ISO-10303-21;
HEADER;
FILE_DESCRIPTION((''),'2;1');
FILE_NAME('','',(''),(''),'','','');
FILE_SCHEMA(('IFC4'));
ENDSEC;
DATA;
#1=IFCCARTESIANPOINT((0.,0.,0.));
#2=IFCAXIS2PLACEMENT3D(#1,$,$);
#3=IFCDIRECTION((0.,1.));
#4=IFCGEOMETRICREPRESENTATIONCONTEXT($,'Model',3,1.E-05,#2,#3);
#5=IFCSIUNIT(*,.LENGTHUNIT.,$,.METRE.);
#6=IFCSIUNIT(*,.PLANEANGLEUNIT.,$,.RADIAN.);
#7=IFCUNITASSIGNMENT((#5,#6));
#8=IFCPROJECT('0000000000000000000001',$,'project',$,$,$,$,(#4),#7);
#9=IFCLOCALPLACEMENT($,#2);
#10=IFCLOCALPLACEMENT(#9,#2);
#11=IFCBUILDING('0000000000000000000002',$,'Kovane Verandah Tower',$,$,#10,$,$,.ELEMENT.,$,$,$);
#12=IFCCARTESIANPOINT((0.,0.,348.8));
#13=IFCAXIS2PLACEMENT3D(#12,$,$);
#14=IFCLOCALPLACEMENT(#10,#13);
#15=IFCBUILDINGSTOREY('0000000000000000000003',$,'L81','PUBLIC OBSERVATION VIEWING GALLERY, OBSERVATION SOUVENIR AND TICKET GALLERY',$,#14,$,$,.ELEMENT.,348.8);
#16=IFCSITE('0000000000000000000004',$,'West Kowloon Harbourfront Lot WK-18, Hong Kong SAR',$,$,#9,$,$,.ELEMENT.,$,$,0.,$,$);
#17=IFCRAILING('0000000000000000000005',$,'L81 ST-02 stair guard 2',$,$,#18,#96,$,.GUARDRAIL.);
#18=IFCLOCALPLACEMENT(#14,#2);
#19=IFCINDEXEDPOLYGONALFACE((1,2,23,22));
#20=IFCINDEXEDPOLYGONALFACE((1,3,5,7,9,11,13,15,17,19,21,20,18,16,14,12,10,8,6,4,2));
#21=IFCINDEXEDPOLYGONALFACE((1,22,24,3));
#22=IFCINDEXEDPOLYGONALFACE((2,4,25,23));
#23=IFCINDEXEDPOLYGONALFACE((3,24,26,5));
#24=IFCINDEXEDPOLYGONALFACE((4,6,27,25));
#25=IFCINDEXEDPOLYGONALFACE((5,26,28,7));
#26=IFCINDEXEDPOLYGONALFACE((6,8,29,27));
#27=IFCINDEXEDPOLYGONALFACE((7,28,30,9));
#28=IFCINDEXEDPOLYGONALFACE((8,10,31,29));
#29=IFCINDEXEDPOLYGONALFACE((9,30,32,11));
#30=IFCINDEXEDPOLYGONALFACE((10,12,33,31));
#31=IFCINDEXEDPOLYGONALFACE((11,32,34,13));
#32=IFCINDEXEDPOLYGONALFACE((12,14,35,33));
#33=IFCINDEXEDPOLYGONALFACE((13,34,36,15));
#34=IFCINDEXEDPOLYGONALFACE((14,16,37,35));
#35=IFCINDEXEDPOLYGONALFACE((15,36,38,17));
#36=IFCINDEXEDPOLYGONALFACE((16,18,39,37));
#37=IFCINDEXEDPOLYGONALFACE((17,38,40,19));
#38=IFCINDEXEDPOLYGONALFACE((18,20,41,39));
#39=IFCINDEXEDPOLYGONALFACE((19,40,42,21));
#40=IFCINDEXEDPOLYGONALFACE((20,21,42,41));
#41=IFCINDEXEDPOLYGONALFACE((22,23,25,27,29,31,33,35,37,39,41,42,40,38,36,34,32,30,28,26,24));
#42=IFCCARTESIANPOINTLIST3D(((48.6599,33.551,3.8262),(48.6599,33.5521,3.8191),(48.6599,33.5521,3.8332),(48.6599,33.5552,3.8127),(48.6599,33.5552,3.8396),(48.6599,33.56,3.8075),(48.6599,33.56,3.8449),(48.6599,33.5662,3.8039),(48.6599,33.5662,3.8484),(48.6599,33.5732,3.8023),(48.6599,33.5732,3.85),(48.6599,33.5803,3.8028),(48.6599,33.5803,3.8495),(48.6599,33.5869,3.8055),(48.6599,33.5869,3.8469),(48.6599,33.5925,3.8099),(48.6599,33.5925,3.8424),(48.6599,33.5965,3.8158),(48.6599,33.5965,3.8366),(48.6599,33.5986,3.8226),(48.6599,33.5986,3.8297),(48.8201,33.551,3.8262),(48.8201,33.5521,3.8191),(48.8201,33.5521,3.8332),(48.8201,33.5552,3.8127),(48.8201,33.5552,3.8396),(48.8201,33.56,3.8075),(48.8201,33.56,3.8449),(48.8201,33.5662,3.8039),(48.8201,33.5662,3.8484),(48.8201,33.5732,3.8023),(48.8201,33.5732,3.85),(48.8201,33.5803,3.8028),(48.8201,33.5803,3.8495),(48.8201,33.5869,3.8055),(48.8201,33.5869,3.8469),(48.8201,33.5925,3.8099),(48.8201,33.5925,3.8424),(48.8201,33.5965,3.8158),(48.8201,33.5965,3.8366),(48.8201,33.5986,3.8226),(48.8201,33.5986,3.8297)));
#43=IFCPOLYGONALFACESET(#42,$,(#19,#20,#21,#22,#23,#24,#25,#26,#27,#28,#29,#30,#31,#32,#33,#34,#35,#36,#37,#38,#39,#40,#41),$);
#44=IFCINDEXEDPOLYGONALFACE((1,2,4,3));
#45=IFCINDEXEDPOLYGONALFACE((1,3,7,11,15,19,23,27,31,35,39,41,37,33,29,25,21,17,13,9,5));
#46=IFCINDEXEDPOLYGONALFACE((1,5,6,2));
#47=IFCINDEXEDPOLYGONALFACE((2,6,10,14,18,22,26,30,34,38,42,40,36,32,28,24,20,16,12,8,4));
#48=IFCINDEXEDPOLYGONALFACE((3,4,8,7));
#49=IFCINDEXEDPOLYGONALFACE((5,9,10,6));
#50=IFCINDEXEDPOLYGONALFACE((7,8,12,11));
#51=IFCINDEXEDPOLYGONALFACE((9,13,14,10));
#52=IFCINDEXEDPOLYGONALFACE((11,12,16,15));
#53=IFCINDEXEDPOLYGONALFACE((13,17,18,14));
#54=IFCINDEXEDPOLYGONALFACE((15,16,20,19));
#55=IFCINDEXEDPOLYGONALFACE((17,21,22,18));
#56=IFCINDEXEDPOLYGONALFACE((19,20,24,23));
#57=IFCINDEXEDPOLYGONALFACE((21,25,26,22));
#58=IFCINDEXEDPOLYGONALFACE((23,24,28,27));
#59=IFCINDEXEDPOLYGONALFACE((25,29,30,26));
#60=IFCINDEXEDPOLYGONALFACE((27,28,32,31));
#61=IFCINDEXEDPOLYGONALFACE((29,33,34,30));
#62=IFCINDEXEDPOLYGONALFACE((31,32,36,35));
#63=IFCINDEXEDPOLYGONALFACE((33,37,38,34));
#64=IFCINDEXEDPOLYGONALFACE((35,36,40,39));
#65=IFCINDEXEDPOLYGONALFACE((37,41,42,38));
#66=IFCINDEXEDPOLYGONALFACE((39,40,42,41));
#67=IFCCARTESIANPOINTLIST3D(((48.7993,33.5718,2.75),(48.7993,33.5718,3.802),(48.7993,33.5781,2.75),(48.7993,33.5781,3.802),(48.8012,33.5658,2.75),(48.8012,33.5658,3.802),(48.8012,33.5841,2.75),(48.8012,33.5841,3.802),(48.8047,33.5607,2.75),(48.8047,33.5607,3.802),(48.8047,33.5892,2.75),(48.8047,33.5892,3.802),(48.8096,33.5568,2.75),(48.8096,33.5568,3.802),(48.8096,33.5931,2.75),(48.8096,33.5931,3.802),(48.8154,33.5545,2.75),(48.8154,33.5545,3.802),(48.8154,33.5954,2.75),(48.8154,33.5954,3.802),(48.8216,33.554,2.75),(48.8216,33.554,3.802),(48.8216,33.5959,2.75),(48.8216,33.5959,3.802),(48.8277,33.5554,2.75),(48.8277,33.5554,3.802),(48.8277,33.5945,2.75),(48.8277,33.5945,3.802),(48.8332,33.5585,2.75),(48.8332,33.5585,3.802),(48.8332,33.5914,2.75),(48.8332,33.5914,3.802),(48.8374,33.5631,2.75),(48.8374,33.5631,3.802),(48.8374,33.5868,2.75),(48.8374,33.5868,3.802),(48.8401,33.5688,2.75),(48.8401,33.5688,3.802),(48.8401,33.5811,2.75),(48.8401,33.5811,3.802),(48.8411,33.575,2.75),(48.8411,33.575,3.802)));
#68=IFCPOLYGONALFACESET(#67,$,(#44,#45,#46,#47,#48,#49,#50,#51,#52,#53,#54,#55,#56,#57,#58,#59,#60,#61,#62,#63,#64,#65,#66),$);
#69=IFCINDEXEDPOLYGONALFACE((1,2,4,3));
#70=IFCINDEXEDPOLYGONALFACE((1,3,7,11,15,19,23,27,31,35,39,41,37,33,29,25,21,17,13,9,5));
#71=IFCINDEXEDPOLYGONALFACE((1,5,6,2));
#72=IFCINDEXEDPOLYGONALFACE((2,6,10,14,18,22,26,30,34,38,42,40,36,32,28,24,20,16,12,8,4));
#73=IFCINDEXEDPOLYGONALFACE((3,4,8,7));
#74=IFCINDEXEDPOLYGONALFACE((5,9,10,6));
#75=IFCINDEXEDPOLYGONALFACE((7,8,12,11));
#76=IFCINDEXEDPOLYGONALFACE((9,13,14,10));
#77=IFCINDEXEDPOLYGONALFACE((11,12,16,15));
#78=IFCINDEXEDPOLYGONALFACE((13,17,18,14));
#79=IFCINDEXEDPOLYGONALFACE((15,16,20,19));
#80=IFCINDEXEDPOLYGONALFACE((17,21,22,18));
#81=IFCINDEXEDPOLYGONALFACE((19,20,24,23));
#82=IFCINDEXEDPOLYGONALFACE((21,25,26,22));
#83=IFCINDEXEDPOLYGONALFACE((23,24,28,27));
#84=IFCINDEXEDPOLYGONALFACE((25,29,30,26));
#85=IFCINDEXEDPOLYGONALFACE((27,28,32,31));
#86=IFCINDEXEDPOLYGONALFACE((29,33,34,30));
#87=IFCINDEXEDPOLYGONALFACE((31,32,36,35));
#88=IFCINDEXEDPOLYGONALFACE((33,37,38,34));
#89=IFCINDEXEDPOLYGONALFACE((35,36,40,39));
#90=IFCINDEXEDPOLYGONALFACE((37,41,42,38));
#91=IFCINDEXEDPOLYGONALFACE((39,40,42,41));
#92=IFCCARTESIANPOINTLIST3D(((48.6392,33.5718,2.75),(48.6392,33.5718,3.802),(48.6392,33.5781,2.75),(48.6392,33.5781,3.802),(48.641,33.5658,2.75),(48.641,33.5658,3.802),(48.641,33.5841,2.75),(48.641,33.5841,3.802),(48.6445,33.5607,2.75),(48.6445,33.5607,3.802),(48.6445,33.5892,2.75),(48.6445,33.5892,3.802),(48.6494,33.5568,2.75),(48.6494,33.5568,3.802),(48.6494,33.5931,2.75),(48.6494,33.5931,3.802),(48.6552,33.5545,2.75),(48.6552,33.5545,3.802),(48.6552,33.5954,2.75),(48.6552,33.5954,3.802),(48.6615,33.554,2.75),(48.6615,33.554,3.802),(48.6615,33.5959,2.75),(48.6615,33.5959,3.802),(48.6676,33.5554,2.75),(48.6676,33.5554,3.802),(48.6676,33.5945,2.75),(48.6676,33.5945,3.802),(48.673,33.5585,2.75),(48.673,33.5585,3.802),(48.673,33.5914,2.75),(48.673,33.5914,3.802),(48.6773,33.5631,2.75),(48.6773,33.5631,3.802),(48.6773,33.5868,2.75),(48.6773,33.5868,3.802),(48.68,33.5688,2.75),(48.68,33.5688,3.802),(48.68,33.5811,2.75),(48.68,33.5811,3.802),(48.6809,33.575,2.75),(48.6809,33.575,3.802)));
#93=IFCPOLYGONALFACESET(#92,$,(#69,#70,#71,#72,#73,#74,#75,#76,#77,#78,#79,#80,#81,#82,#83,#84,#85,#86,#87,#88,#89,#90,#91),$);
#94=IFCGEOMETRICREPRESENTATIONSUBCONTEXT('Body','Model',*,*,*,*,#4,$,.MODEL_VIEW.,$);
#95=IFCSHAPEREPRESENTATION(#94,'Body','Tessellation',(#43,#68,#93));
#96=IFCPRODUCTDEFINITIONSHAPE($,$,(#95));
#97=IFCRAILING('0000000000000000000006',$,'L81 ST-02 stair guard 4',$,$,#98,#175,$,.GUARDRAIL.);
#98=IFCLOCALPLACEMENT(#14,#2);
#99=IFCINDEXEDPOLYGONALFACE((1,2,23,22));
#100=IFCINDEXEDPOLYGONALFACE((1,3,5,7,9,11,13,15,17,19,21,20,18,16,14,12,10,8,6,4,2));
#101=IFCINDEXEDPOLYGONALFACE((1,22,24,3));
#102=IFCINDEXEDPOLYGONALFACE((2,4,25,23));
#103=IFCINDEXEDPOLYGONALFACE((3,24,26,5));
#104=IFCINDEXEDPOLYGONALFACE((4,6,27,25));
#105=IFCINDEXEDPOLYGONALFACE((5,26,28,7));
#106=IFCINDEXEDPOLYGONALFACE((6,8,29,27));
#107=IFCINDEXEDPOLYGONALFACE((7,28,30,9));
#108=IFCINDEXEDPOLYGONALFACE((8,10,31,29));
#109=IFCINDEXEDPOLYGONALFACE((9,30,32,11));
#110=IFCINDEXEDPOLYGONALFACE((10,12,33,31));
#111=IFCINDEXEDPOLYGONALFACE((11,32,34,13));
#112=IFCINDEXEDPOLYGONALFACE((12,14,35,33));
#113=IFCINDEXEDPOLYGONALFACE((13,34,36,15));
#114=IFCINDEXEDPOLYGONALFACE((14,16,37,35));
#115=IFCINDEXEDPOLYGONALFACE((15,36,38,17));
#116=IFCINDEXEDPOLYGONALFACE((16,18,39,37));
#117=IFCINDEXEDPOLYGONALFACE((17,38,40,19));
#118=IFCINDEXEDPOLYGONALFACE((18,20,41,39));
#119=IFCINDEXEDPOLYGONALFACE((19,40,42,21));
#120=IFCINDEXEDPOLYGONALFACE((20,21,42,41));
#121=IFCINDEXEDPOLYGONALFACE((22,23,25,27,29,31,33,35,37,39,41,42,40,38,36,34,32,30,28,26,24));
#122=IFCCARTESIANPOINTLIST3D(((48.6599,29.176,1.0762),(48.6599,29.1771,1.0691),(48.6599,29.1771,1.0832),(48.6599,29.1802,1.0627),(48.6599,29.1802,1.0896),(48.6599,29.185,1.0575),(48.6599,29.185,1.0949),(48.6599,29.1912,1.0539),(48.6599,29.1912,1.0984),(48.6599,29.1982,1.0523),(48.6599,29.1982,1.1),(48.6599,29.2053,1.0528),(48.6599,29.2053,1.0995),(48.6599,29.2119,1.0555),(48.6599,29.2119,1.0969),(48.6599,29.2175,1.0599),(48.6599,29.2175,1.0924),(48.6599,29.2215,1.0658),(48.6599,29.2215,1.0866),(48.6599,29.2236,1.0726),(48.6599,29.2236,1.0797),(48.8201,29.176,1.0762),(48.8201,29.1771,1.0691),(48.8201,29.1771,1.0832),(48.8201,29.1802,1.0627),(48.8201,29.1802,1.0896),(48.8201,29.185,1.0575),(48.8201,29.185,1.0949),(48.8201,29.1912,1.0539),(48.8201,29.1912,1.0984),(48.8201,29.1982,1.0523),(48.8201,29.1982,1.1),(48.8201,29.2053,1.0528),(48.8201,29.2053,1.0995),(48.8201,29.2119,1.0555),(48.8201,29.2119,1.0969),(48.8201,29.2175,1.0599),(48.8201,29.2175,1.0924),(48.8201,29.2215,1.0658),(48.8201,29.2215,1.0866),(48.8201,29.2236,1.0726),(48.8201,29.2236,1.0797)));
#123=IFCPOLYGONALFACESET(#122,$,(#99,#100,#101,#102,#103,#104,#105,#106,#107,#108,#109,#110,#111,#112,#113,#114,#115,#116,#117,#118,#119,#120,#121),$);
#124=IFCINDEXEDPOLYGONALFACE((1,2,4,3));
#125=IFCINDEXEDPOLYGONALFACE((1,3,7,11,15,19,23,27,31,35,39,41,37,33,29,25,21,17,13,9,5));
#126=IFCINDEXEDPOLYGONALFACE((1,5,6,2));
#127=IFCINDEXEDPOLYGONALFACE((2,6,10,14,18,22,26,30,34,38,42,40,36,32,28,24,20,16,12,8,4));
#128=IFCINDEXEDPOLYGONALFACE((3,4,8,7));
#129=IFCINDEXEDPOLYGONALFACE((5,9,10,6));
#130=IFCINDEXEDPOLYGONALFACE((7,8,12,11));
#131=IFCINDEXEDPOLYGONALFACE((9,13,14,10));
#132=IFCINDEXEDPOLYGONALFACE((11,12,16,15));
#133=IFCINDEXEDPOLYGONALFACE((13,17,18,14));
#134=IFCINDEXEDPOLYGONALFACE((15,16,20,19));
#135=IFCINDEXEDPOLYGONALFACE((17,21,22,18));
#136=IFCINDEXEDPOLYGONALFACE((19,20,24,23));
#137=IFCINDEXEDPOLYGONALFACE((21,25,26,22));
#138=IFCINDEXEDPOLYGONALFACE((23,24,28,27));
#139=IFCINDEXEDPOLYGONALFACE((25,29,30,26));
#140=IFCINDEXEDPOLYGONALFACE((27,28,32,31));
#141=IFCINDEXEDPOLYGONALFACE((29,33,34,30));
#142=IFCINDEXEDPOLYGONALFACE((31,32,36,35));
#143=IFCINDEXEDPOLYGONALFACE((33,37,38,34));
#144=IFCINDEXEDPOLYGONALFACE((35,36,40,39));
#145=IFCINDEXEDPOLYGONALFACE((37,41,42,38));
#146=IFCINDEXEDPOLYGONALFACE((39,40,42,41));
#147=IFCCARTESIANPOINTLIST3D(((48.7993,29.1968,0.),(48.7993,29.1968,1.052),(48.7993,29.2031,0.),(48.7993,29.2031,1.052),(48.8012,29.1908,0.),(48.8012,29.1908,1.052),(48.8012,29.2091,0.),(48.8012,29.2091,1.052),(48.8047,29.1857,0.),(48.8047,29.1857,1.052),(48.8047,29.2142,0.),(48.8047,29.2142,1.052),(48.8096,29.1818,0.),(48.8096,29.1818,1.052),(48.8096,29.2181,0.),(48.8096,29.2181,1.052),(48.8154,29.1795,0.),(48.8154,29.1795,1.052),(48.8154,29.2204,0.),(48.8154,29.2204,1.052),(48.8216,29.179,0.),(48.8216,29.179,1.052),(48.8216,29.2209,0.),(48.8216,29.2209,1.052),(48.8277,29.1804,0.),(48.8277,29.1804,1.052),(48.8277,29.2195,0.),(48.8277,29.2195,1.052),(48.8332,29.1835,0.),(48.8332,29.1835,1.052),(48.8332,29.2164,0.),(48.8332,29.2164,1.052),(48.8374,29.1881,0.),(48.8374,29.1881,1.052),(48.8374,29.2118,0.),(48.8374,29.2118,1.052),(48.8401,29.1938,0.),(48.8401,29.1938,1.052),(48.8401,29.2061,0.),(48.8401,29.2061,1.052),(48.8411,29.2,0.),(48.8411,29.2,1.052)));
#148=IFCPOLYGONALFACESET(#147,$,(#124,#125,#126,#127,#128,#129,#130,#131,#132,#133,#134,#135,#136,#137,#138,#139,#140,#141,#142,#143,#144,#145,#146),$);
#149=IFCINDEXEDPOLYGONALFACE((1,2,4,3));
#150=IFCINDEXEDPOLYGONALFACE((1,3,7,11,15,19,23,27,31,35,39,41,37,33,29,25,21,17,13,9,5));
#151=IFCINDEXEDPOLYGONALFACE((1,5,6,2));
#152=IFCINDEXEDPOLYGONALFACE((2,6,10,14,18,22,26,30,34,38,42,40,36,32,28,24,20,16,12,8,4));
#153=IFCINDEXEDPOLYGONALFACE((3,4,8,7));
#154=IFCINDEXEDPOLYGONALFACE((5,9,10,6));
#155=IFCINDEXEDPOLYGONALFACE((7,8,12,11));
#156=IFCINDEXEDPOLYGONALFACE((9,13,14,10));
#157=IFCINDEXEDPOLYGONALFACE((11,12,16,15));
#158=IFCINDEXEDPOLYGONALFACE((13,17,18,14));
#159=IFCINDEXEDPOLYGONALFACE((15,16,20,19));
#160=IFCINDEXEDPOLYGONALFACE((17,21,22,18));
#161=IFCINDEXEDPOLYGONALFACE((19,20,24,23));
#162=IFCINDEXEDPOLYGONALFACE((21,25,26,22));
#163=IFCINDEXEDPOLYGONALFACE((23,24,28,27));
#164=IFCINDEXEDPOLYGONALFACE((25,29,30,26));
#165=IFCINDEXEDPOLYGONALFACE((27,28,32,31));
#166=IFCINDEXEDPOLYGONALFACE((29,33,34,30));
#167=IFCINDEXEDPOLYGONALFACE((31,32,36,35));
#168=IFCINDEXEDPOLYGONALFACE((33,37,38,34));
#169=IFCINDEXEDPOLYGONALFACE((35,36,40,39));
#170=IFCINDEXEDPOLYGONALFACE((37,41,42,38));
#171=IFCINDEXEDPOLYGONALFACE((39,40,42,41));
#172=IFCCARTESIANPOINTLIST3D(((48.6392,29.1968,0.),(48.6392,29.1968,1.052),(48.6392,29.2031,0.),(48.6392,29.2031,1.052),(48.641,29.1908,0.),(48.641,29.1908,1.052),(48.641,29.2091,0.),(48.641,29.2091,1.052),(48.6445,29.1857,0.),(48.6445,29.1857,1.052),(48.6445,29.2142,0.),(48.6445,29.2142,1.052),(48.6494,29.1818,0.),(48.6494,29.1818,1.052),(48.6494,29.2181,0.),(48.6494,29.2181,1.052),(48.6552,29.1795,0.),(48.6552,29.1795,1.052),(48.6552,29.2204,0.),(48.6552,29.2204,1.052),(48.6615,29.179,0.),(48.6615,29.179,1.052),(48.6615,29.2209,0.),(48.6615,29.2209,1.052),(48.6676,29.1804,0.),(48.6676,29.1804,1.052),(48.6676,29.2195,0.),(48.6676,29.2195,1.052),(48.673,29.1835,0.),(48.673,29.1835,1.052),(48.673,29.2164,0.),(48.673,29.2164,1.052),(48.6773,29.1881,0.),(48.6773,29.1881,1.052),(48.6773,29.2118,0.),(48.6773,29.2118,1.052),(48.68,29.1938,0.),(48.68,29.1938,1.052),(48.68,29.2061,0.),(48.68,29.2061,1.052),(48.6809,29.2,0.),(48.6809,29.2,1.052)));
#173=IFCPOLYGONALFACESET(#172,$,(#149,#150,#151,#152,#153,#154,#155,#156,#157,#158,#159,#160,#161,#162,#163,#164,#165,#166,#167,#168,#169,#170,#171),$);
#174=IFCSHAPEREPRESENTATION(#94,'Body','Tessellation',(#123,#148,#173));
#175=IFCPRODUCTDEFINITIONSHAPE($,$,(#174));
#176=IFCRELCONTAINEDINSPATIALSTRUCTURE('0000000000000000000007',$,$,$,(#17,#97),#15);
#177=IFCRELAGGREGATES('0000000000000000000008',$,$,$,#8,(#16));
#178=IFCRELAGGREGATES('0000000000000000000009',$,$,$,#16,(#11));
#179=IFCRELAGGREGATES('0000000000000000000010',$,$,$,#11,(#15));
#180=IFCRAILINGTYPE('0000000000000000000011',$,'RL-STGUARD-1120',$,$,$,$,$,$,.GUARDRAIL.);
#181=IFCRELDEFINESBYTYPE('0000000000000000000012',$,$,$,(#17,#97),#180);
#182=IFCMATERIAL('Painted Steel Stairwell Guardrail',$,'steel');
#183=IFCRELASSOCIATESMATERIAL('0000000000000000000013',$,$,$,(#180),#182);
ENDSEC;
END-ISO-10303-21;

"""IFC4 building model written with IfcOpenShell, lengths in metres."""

from ifc_helpers import new_model, si_unit, direction, frame, origin, origin_2d, place, context, subcontext, project, spatial, circle, extrude, material, type_object, element, save


model = new_model("IFC4")

# Units and contexts
model_context = context("Model", 3, precision=1e-05, world=origin(), true_north=direction((0.0, 1.0)))
body_context = subcontext(model_context, "Body", "Model", "MODEL_VIEW")
ifc_project = project(units=[si_unit("LENGTHUNIT", "METRE"), si_unit("PLANEANGLEUNIT", "RADIAN")], contexts=[model_context])

# Site, building, storey
site_placement = place(None, origin())
site = spatial("IfcSite", under=ifc_project, at=site_placement, Name="West Kowloon Harbourfront Lot WK-18, Hong Kong SAR", CompositionType="ELEMENT", RefElevation=0.0)
building_placement = place(site_placement, origin())
building = spatial("IfcBuilding", under=site, at=building_placement, Name="Kovane Verandah Tower", CompositionType="ELEMENT")
storey_placement = place(building_placement, frame((0.0, 0.0, 348.8)))
storey = spatial("IfcBuildingStorey", under=building, at=storey_placement, Name="L81", Description="PUBLIC OBSERVATION VIEWING GALLERY, OBSERVATION SOUVENIR AND TICKET GALLERY", CompositionType="ELEMENT", Elevation=348.8)

# Railings
ifc_material_1 = material(Name="Painted Steel Stairwell Guardrail", Category="steel")
railing_type_1 = type_object("IfcRailingType", Name="RL-STGUARD-1120", PredefinedType="GUARDRAIL", material=ifc_material_1)
for number, where, name in (
    (1, (48.8201, 33.575, 2.75), "L81 ST-02 stair guard 2"),
    (2, (48.8201, 29.2, 0.0), "L81 ST-02 stair guard 4"),
):
    element("IfcRailing", number, at=place(storey_placement, frame(where)), inside=storey, type_object=railing_type_1, Name=name, PredefinedType="GUARDRAIL", context=body_context, shape_type="SweptSolid", body=[
        extrude(circle(Radius=0.0239, at=origin_2d()), frame((0.0, 0.0, 1.0762), z_axis=(-1.0, 0.0, 0.0), x_axis=(0.0, -1.0, 0.0)), (0.0, 0.0, 1.0), 0.1602),
        extrude(circle(Radius=0.021, at=origin_2d()), origin(), (0.0, 0.0, 1.0), 1.052),
        extrude(circle(Radius=0.021, at=origin_2d()), frame((-0.1602, 0.0, 0.0)), (0.0, 0.0, 1.0), 1.052),
    ])

save(model, "model.ifc")
